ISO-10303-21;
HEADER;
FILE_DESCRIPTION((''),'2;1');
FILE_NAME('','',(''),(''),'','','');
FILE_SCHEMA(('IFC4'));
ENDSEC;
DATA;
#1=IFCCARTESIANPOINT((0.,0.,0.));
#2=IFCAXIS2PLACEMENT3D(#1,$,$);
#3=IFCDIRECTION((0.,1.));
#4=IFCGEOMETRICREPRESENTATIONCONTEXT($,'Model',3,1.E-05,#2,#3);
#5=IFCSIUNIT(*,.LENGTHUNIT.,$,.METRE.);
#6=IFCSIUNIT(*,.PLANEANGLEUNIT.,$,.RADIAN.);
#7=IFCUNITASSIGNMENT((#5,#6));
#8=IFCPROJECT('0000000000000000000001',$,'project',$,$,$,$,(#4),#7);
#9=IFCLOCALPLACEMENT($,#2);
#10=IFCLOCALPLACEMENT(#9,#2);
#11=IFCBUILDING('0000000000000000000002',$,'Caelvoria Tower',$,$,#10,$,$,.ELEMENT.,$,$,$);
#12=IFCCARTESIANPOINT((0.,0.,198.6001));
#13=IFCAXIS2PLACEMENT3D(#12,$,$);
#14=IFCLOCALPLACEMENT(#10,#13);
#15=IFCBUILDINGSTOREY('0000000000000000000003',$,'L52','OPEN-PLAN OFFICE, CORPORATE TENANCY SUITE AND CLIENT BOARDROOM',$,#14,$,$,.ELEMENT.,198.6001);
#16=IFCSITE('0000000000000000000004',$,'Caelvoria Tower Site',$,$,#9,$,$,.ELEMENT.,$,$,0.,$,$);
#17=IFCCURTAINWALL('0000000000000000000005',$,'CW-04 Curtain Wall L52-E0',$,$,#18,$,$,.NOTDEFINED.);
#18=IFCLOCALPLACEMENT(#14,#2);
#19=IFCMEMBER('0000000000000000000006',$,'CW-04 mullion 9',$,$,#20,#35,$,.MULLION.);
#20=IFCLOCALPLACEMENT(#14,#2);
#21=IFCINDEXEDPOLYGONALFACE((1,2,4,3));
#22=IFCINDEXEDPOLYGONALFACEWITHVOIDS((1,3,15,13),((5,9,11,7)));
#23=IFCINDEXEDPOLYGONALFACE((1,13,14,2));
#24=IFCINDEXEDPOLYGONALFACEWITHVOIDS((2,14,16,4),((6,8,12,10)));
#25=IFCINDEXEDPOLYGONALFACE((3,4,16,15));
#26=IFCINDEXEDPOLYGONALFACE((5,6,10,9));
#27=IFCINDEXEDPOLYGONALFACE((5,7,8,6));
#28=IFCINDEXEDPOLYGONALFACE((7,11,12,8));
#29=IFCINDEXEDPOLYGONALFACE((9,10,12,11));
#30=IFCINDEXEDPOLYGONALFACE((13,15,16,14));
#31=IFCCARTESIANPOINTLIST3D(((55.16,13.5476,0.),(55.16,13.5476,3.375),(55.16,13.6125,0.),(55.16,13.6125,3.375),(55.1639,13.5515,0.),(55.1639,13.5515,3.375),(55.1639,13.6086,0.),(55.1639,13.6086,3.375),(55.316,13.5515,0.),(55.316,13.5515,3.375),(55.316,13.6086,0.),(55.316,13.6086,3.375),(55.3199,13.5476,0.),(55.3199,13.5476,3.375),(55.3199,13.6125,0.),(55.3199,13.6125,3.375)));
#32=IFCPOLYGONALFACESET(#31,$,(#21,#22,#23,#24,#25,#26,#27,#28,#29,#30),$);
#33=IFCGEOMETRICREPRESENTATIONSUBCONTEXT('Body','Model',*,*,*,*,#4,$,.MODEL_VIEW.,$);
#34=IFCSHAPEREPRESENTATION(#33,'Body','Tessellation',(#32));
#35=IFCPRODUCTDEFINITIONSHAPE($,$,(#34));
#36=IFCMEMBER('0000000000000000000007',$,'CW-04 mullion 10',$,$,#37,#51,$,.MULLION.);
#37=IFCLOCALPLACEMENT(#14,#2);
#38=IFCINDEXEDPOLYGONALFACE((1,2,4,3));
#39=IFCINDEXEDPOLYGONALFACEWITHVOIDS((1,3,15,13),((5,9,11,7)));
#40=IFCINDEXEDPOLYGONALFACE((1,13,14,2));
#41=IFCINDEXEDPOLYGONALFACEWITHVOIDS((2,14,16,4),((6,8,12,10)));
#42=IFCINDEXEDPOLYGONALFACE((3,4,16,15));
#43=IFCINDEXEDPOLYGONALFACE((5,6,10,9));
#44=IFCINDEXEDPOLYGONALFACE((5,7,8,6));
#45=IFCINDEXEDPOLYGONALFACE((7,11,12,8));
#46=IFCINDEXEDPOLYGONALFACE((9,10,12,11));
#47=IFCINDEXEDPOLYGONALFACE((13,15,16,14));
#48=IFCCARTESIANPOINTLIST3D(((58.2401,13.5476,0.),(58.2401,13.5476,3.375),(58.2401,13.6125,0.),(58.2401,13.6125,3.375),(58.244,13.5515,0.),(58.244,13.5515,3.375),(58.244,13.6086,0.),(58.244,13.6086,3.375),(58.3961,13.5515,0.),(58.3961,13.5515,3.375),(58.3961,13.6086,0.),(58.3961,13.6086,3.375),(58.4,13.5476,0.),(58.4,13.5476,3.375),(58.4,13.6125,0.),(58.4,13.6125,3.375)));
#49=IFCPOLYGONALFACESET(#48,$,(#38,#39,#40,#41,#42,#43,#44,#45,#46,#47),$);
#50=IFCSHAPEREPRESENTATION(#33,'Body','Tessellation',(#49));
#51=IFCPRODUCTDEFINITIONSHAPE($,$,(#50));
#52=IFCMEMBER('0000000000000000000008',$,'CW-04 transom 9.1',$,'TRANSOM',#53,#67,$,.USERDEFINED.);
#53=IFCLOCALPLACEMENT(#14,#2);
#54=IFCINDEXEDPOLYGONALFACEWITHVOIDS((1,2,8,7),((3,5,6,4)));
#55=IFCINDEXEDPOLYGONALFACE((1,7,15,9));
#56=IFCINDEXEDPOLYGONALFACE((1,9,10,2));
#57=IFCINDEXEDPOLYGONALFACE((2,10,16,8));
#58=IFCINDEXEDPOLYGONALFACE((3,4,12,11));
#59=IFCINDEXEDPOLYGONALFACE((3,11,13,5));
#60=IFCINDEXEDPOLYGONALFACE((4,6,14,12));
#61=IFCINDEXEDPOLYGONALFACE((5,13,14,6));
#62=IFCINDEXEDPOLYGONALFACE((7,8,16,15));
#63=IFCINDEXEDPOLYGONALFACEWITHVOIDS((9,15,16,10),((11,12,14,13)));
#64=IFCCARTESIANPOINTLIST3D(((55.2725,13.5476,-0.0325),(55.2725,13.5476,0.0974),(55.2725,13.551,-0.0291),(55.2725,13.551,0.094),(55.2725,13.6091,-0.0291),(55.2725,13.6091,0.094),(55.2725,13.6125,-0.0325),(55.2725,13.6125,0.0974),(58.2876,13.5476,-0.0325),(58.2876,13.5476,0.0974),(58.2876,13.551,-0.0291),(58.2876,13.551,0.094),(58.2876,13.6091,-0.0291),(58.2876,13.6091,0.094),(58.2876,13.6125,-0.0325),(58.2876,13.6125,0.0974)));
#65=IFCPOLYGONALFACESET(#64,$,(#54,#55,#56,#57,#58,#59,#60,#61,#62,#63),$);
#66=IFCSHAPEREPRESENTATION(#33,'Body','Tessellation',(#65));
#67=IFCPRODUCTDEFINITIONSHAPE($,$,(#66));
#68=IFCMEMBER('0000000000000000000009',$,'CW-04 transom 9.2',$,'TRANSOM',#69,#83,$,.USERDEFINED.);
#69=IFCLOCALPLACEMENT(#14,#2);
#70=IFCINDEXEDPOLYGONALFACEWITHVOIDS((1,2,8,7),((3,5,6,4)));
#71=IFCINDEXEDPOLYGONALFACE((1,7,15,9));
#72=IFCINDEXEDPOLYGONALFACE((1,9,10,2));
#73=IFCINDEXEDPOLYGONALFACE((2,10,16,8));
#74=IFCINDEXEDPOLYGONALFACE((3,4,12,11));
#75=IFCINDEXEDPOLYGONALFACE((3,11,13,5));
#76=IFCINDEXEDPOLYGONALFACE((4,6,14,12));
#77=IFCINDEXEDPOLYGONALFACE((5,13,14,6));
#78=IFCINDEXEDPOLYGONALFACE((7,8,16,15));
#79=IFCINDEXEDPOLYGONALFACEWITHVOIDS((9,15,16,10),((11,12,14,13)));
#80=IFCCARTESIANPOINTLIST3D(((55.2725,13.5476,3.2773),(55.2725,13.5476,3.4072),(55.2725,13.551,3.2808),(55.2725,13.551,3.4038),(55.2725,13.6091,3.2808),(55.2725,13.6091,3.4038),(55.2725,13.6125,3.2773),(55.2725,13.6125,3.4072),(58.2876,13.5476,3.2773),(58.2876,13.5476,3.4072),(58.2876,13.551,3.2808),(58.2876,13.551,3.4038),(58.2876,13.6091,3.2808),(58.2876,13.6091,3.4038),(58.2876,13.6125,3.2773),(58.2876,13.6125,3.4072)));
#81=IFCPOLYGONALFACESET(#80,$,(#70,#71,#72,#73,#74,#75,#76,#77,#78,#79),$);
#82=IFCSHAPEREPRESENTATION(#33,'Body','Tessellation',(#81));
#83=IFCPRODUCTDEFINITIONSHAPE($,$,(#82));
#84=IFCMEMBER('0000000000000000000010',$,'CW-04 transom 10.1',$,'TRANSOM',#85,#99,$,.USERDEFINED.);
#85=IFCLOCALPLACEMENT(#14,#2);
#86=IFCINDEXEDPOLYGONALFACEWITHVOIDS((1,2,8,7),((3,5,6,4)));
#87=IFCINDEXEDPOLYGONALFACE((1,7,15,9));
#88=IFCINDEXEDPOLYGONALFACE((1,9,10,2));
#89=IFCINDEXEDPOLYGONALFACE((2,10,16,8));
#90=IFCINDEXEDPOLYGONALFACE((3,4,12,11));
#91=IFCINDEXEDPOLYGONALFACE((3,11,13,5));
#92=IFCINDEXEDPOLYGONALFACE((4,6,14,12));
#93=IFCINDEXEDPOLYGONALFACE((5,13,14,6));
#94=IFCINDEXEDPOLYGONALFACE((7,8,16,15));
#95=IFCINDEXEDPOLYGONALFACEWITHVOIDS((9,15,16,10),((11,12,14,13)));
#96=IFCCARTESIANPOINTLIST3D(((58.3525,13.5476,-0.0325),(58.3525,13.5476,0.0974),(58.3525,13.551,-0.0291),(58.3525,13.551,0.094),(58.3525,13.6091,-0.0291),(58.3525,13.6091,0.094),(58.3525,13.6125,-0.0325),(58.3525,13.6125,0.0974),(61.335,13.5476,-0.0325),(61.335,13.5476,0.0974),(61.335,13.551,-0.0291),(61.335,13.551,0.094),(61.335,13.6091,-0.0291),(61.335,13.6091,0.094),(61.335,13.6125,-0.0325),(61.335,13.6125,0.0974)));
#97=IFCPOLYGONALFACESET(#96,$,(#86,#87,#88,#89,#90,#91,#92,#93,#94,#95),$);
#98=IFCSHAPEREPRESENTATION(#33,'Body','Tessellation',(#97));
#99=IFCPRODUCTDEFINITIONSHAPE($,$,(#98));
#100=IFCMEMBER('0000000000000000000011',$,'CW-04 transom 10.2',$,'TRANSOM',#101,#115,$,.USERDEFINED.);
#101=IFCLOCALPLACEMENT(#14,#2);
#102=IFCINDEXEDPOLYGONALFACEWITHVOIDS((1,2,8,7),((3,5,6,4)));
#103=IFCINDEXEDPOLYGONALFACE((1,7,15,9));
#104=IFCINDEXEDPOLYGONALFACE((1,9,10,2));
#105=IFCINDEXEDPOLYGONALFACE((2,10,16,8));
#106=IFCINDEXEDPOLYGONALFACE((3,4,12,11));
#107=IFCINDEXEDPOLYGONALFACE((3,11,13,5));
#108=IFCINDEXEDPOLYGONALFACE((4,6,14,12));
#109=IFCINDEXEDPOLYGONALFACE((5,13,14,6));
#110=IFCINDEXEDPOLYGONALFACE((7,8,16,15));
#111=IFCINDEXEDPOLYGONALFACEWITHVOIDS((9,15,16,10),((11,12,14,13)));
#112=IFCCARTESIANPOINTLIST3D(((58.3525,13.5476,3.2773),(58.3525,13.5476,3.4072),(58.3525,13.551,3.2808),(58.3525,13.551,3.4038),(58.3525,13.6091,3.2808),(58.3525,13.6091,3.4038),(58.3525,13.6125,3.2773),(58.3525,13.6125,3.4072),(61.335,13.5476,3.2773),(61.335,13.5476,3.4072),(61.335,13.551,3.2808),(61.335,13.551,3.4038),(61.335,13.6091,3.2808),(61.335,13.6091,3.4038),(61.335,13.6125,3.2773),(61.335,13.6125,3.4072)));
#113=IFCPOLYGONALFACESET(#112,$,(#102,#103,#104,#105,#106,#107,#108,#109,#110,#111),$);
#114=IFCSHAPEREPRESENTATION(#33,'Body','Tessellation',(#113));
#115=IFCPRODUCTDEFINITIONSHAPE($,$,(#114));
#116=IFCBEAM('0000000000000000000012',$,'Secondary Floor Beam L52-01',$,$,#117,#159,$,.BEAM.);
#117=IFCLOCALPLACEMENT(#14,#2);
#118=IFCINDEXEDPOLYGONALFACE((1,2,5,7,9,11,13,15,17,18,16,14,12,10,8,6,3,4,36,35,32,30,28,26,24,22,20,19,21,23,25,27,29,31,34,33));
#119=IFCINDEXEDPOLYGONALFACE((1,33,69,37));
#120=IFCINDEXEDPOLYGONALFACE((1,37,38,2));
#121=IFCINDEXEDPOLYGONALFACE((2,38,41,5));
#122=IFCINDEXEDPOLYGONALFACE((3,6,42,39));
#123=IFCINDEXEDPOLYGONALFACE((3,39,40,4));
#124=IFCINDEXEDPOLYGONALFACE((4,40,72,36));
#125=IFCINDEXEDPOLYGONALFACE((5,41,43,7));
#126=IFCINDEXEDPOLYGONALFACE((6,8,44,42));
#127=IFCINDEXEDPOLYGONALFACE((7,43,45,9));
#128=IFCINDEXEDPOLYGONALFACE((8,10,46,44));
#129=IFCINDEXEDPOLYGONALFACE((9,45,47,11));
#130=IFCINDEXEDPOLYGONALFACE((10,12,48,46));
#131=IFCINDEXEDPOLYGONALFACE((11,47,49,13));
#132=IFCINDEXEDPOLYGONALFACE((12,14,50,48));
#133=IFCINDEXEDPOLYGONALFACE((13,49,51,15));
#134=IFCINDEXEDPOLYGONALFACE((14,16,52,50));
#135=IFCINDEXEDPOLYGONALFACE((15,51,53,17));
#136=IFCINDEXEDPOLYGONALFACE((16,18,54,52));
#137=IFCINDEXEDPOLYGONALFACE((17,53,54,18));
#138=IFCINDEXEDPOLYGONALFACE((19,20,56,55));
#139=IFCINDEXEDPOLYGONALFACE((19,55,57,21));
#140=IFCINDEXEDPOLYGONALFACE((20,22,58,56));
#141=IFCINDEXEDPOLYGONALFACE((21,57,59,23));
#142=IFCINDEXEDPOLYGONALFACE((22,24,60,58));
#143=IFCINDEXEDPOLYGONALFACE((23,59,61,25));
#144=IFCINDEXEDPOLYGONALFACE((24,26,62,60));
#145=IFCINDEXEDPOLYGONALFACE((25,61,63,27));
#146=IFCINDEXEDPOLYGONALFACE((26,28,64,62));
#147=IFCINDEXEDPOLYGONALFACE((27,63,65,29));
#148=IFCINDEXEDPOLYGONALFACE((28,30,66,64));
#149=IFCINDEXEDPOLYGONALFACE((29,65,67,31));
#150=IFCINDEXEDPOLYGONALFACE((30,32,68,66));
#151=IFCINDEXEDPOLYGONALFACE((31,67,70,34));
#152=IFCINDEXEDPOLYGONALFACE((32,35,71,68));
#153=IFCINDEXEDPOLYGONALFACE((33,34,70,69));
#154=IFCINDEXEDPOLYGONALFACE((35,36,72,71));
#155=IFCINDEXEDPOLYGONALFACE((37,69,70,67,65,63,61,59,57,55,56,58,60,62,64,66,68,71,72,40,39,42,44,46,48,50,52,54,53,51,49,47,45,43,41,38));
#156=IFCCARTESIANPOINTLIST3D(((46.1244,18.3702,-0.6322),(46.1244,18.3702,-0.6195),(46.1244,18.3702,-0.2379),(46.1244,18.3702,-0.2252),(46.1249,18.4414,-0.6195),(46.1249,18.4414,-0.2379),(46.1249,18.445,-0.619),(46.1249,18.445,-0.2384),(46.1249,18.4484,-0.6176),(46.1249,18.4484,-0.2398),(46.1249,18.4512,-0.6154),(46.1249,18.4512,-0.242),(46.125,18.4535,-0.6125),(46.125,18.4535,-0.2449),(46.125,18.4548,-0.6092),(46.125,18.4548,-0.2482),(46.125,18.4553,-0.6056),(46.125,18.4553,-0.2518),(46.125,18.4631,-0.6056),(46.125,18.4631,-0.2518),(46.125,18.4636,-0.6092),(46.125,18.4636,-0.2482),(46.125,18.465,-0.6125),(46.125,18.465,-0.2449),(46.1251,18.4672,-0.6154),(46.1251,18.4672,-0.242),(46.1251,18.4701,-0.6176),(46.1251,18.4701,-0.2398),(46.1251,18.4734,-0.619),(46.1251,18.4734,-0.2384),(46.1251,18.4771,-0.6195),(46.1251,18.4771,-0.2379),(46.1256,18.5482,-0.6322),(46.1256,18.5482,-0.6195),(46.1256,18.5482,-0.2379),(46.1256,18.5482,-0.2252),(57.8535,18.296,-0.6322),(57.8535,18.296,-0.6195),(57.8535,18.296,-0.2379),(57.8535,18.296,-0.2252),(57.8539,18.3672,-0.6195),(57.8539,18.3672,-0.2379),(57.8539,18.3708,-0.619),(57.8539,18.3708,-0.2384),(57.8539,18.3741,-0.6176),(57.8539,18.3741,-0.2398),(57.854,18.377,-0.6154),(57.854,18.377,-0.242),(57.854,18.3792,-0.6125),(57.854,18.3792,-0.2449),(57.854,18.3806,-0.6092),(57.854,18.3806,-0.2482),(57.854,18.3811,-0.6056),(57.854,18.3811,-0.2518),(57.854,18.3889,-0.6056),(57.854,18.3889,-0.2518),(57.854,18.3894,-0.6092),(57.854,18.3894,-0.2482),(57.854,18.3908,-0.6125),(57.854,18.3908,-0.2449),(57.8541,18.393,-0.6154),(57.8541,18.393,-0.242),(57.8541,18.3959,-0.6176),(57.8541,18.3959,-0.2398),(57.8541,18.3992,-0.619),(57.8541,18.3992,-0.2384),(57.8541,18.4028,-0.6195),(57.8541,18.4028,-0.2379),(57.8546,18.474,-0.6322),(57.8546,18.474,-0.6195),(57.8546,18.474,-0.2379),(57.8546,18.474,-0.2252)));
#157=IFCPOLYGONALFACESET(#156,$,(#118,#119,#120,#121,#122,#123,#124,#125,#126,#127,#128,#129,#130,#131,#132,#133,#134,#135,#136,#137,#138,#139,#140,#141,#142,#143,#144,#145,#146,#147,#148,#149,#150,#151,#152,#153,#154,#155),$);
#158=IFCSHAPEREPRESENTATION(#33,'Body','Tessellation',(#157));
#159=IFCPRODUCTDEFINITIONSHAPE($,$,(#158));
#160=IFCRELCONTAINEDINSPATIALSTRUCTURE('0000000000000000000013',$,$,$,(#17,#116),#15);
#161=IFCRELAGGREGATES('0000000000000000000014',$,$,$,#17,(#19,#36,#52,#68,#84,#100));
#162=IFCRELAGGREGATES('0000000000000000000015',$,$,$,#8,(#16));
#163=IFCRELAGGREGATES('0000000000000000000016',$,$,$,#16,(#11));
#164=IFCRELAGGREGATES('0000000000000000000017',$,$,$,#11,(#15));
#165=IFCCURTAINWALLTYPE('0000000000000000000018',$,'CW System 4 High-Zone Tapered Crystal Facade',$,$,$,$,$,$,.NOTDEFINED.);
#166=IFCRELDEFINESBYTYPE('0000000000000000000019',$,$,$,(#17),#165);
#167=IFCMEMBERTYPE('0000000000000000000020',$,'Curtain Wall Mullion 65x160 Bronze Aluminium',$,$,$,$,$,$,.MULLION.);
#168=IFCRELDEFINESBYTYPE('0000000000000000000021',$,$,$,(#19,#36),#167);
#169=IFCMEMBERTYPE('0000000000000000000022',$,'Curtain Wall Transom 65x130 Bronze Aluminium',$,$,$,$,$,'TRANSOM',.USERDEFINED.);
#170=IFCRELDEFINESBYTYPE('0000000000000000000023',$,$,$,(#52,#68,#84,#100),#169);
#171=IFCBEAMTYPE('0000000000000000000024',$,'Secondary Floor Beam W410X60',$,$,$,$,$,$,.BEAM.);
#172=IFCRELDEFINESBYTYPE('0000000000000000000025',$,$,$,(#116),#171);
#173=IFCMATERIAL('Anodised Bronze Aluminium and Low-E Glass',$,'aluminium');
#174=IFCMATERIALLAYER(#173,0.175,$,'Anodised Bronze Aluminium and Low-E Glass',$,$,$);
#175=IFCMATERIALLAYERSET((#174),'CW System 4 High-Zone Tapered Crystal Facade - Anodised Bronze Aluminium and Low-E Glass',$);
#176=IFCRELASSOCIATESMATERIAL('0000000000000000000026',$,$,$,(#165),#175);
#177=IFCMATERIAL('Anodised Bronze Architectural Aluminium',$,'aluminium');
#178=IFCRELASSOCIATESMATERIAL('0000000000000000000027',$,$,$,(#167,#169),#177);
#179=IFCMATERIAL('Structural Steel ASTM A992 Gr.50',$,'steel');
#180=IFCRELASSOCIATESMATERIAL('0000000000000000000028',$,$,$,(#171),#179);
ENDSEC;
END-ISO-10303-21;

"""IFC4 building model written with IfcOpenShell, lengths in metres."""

from ifc_helpers import new_model, si_unit, direction, frame, origin, origin_2d, place, context, subcontext, project, spatial, hollow_rectangle, i_section, extrude, material, layer, layer_set, material_profile, profile_set, type_object, element, aggregate, save


model = new_model("IFC4")

# Units and contexts
model_context = context("Model", 3, precision=1e-05, world=origin(), true_north=direction((0.0, 1.0)))
body_context = subcontext(model_context, "Body", "Model", "MODEL_VIEW")
ifc_project = project(units=[si_unit("LENGTHUNIT", "METRE"), si_unit("PLANEANGLEUNIT", "RADIAN")], contexts=[model_context])

# Site, building, storey
site_placement = place(None, origin())
site = spatial("IfcSite", under=ifc_project, at=site_placement, Name="Caelvoria Tower Site", CompositionType="ELEMENT", RefElevation=0.0)
building_placement = place(site_placement, origin())
building = spatial("IfcBuilding", under=site, at=building_placement, Name="Caelvoria Tower", CompositionType="ELEMENT")
storey_placement = place(building_placement, frame((0.0, 0.0, 198.6001)))
storey = spatial("IfcBuildingStorey", under=building, at=storey_placement, Name="L52", Description="OPEN-PLAN OFFICE, CORPORATE TENANCY SUITE AND CLIENT BOARDROOM", CompositionType="ELEMENT", Elevation=198.6001)

# Curtain wall, members
ifc_material_1 = material(Name="Anodised Bronze Aluminium and Low-E Glass", Category="aluminium")
ifc_layer_1 = layer(ifc_material_1, 0.175, Name="Anodised Bronze Aluminium and Low-E Glass")
ifc_layer_set_1 = layer_set([ifc_layer_1], Name="CW System 4 High-Zone Tapered Crystal Facade - Anodised Bronze Aluminium and Low-E Glass")
curtain_wall_type = type_object("IfcCurtainWallType", Name="CW System 4 High-Zone Tapered Crystal Facade", PredefinedType="NOTDEFINED", material=ifc_layer_set_1)
curtain_wall_placement = place(storey_placement, origin())
curtain_wall = element("IfcCurtainWall", 1, at=curtain_wall_placement, inside=storey, type_object=curtain_wall_type, Name="CW-04 Curtain Wall L52-E0", PredefinedType="NOTDEFINED")
ifc_material_2 = material(Name="Anodised Bronze Architectural Aluminium", Category="aluminium")
ifc_material_profile_1 = material_profile(ifc_material_2, hollow_rectangle(XDim=0.0649, YDim=0.1599, WallThickness=0.0039, at=origin_2d()), Name="Anodised Bronze Architectural Aluminium")
ifc_profile_set_1 = profile_set([ifc_material_profile_1], Name="CW_MULL_65X160 - Anodised Bronze Architectural Aluminium")
member_type_1 = type_object("IfcMemberType", Name="Curtain Wall Mullion 65x160 Bronze Aluminium", PredefinedType="MULLION", material=ifc_profile_set_1)
member_1_placement = place(storey_placement, frame((55.24, 13.5801, 0.0), z_axis=(0.0, 0.0, 1.0), x_axis=(0.0, 1.0, 0.0)))
member_1 = element("IfcMember", 2, at=member_1_placement, type_object=member_type_1, Name="CW-04 mullion 9", PredefinedType="MULLION", context=body_context, shape_type="SweptSolid", body=[
    extrude(hollow_rectangle(XDim=0.0649, YDim=0.1599, WallThickness=0.0039, at=origin_2d()), origin(), (0.0, 0.0, 1.0), 3.375),
])
member_2_placement = place(storey_placement, frame((58.3201, 13.5801, 0.0), z_axis=(0.0, 0.0, 1.0), x_axis=(0.0, 1.0, 0.0)))
member_2 = element("IfcMember", 3, at=member_2_placement, type_object=member_type_1, Name="CW-04 mullion 10", PredefinedType="MULLION", context=body_context, shape_type="SweptSolid", body=[
    extrude(hollow_rectangle(XDim=0.0649, YDim=0.1599, WallThickness=0.0039, at=origin_2d()), origin(), (0.0, 0.0, 1.0), 3.375),
])
ifc_material_profile_2 = material_profile(ifc_material_2, hollow_rectangle(XDim=0.0649, YDim=0.1299, WallThickness=0.0034, at=origin_2d()), Name="Anodised Bronze Architectural Aluminium")
ifc_profile_set_2 = profile_set([ifc_material_profile_2], Name="CW_TRAN_65X130 - Anodised Bronze Architectural Aluminium")
member_type_2 = type_object("IfcMemberType", Name="Curtain Wall Transom 65x130 Bronze Aluminium", ElementType="TRANSOM", PredefinedType="USERDEFINED", material=ifc_profile_set_2)
member_3_placement = place(storey_placement, frame((55.2725, 13.5801, 0.0325), z_axis=(1.0, 0.0, 0.0), x_axis=(0.0, 1.0, 0.0)))
member_3 = element("IfcMember", 4, at=member_3_placement, type_object=member_type_2, Name="CW-04 transom 9.1", ObjectType="TRANSOM", PredefinedType="USERDEFINED", context=body_context, shape_type="SweptSolid", body=[
    extrude(hollow_rectangle(XDim=0.0649, YDim=0.1299, WallThickness=0.0034, at=origin_2d()), origin(), (0.0, 0.0, 1.0), 3.0151),
])
member_4_placement = place(storey_placement, frame((55.2725, 13.5801, 3.3423), z_axis=(1.0, 0.0, 0.0), x_axis=(0.0, 1.0, 0.0)))
member_4 = element("IfcMember", 5, at=member_4_placement, type_object=member_type_2, Name="CW-04 transom 9.2", ObjectType="TRANSOM", PredefinedType="USERDEFINED", context=body_context, shape_type="SweptSolid", body=[
    extrude(hollow_rectangle(XDim=0.0649, YDim=0.1299, WallThickness=0.0034, at=origin_2d()), origin(), (0.0, 0.0, 1.0), 3.0151),
])
member_5_placement = place(storey_placement, frame((58.3525, 13.5801, 0.0325), z_axis=(1.0, 0.0, 0.0), x_axis=(0.0, 1.0, 0.0)))
member_5 = element("IfcMember", 6, at=member_5_placement, type_object=member_type_2, Name="CW-04 transom 10.1", ObjectType="TRANSOM", PredefinedType="USERDEFINED", context=body_context, shape_type="SweptSolid", body=[
    extrude(hollow_rectangle(XDim=0.0649, YDim=0.1299, WallThickness=0.0034, at=origin_2d()), origin(), (0.0, 0.0, 1.0), 2.9824),
])
member_6_placement = place(storey_placement, frame((58.3525, 13.5801, 3.3423), z_axis=(1.0, 0.0, 0.0), x_axis=(0.0, 1.0, 0.0)))
member_6 = element("IfcMember", 7, at=member_6_placement, type_object=member_type_2, Name="CW-04 transom 10.2", ObjectType="TRANSOM", PredefinedType="USERDEFINED", context=body_context, shape_type="SweptSolid", body=[
    extrude(hollow_rectangle(XDim=0.0649, YDim=0.1299, WallThickness=0.0034, at=origin_2d()), origin(), (0.0, 0.0, 1.0), 2.9824),
])

# Beam
ifc_material_3 = material(Name="Structural Steel ASTM A992 Gr.50", Category="steel")
ifc_material_profile_3 = material_profile(ifc_material_3, i_section(OverallWidth=0.178, OverallDepth=0.407, WebThickness=0.0078, FlangeThickness=0.0127, FilletRadius=0.0139, at=origin_2d()), Name="Structural Steel ASTM A992 Gr.50")
ifc_profile_set_3 = profile_set([ifc_material_profile_3], Name="W410X60 - Structural Steel ASTM A992 Gr.50")
beam_type = type_object("IfcBeamType", Name="Secondary Floor Beam W410X60", PredefinedType="BEAM", material=ifc_profile_set_3)
beam_1_placement = place(storey_placement, frame((46.125, 18.4592, -0.4287), z_axis=(0.99998, -0.006328, 0.0), x_axis=(0.006328, 0.99998, 0.0)))
element("IfcBeam", 8, at=beam_1_placement, inside=storey, type_object=beam_type, Name="Secondary Floor Beam L52-01", PredefinedType="BEAM", context=body_context, shape_type="SweptSolid", body=[
    extrude(i_section(OverallWidth=0.178, OverallDepth=0.407, WebThickness=0.0078, FlangeThickness=0.0127, FilletRadius=0.0139, at=origin_2d()), origin(), (0.0, 0.0, 1.0), 11.7292),
])

aggregate(curtain_wall, [member_1, member_2, member_3, member_4, member_5, member_6])

save(model, "model.ifc")
